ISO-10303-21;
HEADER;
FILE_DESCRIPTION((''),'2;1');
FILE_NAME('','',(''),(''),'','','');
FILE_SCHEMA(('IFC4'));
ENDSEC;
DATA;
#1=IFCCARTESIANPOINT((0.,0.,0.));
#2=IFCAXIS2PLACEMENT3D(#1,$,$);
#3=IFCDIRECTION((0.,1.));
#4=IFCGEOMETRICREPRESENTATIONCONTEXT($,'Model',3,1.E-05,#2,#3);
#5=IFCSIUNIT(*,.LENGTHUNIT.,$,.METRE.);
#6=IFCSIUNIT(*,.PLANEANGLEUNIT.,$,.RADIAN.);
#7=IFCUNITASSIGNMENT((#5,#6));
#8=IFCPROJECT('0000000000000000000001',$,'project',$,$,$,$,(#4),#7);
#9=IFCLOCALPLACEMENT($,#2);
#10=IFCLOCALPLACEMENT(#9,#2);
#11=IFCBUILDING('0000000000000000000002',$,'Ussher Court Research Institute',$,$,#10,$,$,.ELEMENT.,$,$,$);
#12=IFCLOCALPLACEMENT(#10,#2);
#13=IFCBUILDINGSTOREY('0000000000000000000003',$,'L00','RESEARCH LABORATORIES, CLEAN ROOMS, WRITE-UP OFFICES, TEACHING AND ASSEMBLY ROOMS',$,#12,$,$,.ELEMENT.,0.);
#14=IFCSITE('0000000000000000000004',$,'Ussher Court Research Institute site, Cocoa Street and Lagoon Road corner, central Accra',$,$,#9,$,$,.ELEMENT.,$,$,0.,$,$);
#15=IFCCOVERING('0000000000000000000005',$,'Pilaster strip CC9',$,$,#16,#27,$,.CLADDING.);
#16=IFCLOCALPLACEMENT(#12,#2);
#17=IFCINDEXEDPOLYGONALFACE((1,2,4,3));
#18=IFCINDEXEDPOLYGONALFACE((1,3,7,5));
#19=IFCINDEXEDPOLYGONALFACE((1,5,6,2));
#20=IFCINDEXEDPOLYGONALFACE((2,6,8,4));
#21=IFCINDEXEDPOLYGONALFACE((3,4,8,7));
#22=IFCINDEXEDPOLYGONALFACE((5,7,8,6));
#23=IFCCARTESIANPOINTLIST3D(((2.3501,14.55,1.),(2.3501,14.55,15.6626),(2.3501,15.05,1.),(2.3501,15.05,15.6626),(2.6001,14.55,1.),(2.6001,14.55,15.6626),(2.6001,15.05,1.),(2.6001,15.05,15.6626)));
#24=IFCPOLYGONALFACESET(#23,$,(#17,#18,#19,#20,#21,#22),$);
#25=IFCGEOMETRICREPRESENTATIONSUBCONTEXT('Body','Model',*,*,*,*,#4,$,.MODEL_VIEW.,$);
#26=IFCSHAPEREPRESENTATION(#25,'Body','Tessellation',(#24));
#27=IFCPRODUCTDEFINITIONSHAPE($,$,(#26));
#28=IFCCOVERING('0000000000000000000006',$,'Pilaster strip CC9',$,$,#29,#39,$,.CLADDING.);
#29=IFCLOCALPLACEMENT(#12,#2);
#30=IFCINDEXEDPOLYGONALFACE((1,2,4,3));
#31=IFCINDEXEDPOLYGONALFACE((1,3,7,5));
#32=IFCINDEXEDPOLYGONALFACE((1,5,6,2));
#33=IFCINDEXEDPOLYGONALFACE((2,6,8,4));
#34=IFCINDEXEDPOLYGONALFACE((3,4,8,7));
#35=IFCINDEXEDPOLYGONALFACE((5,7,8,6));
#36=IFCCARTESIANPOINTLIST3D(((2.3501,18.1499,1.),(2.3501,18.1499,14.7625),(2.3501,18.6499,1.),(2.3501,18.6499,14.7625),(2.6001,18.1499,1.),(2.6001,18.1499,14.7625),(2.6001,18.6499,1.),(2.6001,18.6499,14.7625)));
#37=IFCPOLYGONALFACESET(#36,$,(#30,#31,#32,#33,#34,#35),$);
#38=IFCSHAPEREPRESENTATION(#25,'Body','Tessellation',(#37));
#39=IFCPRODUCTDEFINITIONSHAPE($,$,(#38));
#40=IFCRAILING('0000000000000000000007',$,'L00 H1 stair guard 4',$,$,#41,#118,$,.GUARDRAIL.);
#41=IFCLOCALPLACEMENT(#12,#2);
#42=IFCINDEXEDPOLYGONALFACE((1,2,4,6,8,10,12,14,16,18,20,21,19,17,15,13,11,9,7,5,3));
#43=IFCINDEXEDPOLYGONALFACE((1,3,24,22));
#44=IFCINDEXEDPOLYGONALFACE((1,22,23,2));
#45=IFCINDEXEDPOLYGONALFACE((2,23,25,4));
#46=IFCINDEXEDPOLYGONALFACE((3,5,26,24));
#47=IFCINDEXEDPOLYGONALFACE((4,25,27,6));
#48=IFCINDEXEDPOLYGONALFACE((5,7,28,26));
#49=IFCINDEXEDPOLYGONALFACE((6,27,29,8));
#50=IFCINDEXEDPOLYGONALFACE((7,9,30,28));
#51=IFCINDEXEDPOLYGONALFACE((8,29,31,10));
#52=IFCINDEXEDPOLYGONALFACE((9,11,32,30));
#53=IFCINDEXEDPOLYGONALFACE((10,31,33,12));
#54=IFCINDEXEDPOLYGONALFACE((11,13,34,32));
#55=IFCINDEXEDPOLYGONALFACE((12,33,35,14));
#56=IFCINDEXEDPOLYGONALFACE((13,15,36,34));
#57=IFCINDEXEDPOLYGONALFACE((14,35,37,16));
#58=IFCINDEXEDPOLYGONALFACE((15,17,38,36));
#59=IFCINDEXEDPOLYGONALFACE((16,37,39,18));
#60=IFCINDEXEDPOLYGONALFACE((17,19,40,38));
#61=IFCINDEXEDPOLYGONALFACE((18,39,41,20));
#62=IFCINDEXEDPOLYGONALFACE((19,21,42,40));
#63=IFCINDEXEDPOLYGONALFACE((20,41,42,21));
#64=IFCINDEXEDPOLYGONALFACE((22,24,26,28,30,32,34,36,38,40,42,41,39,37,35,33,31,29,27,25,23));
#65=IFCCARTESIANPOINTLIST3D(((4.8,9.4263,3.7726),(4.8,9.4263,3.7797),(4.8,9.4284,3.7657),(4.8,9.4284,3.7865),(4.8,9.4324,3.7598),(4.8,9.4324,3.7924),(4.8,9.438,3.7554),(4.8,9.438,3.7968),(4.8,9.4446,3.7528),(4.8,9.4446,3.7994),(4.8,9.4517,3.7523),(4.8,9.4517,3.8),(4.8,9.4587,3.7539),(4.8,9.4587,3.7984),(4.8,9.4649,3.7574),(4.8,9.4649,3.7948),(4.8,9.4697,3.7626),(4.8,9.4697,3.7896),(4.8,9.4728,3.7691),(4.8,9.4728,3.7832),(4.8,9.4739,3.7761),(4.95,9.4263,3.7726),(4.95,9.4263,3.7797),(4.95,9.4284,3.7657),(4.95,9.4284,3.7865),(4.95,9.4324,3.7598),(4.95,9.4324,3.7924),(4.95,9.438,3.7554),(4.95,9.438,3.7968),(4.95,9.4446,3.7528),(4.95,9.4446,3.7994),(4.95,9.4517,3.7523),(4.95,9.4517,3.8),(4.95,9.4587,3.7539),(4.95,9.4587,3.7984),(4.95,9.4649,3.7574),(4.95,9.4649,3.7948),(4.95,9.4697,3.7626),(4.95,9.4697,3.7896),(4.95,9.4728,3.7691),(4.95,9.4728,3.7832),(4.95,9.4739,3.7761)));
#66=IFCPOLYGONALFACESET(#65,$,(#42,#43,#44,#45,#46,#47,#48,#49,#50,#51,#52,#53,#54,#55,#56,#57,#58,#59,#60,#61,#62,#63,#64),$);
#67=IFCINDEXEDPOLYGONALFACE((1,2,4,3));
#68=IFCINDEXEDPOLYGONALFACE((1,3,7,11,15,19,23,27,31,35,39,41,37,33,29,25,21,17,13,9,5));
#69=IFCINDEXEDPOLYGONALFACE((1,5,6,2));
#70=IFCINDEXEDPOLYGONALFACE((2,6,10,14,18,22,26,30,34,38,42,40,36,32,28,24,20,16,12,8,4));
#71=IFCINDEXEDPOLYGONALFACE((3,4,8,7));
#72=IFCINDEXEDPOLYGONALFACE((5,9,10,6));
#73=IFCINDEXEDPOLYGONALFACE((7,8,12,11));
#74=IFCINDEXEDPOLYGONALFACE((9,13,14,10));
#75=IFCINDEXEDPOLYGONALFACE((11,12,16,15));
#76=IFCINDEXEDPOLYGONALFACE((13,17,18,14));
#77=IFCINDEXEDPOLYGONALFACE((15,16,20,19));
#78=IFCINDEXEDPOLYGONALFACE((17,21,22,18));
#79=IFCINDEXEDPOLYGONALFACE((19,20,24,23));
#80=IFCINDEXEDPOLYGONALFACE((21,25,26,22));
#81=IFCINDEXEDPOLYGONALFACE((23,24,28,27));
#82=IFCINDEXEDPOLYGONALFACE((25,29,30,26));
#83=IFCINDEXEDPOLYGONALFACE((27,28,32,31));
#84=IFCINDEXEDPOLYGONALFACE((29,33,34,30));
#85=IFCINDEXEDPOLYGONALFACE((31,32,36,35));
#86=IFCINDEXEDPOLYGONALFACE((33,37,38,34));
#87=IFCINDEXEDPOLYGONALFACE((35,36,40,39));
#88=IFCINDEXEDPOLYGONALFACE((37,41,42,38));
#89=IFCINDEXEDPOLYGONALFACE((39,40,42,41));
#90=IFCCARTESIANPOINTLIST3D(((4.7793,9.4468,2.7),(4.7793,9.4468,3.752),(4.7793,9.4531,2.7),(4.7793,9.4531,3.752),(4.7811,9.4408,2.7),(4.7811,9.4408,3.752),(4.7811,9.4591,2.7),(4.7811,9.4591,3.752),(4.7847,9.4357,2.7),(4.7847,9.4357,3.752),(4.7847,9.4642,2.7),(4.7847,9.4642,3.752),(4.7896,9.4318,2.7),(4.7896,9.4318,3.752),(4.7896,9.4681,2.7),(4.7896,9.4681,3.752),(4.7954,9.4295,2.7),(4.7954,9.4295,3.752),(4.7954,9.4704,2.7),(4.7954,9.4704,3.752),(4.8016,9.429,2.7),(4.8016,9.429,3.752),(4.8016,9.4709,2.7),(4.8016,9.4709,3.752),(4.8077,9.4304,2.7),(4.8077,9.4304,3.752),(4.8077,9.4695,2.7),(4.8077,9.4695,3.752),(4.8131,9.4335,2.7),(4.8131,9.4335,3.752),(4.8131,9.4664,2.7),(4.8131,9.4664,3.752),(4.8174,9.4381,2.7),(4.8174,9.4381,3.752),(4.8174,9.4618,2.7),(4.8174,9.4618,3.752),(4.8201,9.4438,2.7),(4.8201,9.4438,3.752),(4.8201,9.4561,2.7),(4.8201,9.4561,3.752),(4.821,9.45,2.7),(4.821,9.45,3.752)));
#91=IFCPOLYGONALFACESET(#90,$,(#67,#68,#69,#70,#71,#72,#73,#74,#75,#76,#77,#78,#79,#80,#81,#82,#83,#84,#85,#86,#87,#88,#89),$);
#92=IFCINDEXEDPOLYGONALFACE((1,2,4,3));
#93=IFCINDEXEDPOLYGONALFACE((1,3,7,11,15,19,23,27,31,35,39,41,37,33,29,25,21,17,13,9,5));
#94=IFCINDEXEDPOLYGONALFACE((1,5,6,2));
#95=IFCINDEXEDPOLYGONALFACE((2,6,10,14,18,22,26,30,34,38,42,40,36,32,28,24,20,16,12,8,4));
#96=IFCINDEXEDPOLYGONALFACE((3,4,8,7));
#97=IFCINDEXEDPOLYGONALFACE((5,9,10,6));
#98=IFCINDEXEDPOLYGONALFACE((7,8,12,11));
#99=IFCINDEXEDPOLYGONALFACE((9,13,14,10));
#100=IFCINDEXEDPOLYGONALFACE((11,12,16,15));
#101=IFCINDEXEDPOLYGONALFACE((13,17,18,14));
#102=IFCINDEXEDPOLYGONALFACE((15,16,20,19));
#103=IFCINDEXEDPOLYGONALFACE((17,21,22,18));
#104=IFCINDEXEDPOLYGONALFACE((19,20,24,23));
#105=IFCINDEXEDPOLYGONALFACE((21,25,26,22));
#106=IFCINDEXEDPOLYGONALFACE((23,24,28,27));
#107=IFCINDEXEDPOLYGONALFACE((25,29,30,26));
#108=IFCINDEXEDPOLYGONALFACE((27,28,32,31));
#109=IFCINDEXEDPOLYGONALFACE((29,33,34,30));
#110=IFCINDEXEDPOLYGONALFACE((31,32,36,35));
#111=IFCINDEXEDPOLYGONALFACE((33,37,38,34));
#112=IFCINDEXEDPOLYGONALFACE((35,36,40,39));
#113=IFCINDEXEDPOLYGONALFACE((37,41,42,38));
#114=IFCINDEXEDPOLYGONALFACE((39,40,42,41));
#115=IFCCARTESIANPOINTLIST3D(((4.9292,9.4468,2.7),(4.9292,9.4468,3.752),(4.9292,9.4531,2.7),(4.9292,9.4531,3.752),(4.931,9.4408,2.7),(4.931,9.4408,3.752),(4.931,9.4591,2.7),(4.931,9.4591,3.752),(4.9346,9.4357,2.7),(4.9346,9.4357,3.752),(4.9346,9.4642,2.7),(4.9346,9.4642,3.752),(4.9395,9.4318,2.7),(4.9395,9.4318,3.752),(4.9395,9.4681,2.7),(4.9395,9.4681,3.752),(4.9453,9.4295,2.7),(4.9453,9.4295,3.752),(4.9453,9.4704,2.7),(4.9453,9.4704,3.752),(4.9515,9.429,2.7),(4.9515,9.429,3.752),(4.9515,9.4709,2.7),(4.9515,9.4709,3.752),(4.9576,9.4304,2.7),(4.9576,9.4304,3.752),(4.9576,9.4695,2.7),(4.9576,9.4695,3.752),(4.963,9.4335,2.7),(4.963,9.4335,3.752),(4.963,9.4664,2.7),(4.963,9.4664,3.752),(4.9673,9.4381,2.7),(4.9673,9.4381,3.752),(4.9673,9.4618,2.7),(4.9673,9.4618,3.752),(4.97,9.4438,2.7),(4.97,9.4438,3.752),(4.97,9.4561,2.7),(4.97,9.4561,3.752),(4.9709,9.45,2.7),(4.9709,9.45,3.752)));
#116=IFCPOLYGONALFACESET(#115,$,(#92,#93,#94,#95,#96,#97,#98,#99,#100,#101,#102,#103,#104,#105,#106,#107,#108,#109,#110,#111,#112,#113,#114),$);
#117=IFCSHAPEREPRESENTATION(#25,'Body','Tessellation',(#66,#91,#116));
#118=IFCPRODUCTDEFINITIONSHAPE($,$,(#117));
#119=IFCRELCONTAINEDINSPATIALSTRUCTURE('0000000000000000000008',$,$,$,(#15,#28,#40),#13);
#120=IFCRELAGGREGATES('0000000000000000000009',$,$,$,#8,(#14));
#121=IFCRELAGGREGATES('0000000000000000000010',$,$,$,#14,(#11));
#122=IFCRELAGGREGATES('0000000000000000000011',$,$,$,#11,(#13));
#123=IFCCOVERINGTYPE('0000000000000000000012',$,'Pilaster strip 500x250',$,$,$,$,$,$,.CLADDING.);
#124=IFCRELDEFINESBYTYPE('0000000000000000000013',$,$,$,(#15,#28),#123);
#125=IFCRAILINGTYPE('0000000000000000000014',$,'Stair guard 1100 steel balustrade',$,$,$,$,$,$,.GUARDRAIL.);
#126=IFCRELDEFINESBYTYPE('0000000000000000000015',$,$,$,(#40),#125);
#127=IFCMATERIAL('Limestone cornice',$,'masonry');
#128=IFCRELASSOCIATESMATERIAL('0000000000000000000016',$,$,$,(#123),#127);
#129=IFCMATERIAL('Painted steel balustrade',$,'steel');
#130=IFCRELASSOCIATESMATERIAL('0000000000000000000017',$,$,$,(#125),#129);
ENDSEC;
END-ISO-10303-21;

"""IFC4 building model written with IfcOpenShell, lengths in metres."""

from ifc_helpers import new_model, si_unit, direction, frame, origin, origin_2d, place, context, subcontext, project, spatial, rectangle, circle, extrude, material, type_object, element, save


model = new_model("IFC4")

# Units and contexts
model_context = context("Model", 3, precision=1e-05, world=origin(), true_north=direction((0.0, 1.0)))
body_context = subcontext(model_context, "Body", "Model", "MODEL_VIEW")
ifc_project = project(units=[si_unit("LENGTHUNIT", "METRE"), si_unit("PLANEANGLEUNIT", "RADIAN")], contexts=[model_context])

# Site, building, storey
site_placement = place(None, origin())
site = spatial("IfcSite", under=ifc_project, at=site_placement, Name="Ussher Court Research Institute site, Cocoa Street and Lagoon Road corner, central Accra", CompositionType="ELEMENT", RefElevation=0.0)
building_placement = place(site_placement, origin())
building = spatial("IfcBuilding", under=site, at=building_placement, Name="Ussher Court Research Institute", CompositionType="ELEMENT")
storey_placement = place(building_placement, origin())
storey = spatial("IfcBuildingStorey", under=building, at=storey_placement, Name="L00", Description="RESEARCH LABORATORIES, CLEAN ROOMS, WRITE-UP OFFICES, TEACHING AND ASSEMBLY ROOMS", CompositionType="ELEMENT", Elevation=0.0)

# Coverings
ifc_material_1 = material(Name="Limestone cornice", Category="masonry")
covering_type_1 = type_object("IfcCoveringType", Name="Pilaster strip 500x250", PredefinedType="CLADDING", material=ifc_material_1)
covering_1_placement = place(storey_placement, frame((2.4751, 14.8, 1.0), z_axis=(0.0, 0.0, 1.0), x_axis=(1.0, 0.0, 0.0)))
element("IfcCovering", 1, at=covering_1_placement, inside=storey, type_object=covering_type_1, Name="Pilaster strip CC9", PredefinedType="CLADDING", context=body_context, shape_type="SweptSolid", body=[
    extrude(rectangle(XDim=0.25, YDim=0.5, at=origin_2d()), origin(), (0.0, 0.0, 1.0), 14.6626),
])
covering_2_placement = place(storey_placement, frame((2.4751, 18.3999, 1.0), z_axis=(0.0, 0.0, 1.0), x_axis=(1.0, 0.0, 0.0)))
element("IfcCovering", 2, at=covering_2_placement, inside=storey, type_object=covering_type_1, Name="Pilaster strip CC9", PredefinedType="CLADDING", context=body_context, shape_type="SweptSolid", body=[
    extrude(rectangle(XDim=0.25, YDim=0.5, at=origin_2d()), origin(), (0.0, 0.0, 1.0), 13.7625),
])

# Railing
ifc_material_2 = material(Name="Painted steel balustrade", Category="steel")
railing_type = type_object("IfcRailingType", Name="Stair guard 1100 steel balustrade", PredefinedType="GUARDRAIL", material=ifc_material_2)
railing_1_placement = place(storey_placement, frame((4.8, 9.45, 2.7)))
element("IfcRailing", 3, at=railing_1_placement, inside=storey, type_object=railing_type, Name="L00 H1 stair guard 4", PredefinedType="GUARDRAIL", context=body_context, shape_type="SweptSolid", body=[
    extrude(circle(Radius=0.0239, at=origin_2d()), frame((0.0, 0.0, 1.0762), z_axis=(1.0, 0.0, 0.0), x_axis=(0.0, 1.0, 0.0)), (0.0, 0.0, 1.0), 0.1499),
    extrude(circle(Radius=0.021, at=origin_2d()), origin(), (0.0, 0.0, 1.0), 1.052),
    extrude(circle(Radius=0.021, at=origin_2d()), frame((0.1499, 0.0, 0.0)), (0.0, 0.0, 1.0), 1.052),
])

save(model, "model.ifc")
